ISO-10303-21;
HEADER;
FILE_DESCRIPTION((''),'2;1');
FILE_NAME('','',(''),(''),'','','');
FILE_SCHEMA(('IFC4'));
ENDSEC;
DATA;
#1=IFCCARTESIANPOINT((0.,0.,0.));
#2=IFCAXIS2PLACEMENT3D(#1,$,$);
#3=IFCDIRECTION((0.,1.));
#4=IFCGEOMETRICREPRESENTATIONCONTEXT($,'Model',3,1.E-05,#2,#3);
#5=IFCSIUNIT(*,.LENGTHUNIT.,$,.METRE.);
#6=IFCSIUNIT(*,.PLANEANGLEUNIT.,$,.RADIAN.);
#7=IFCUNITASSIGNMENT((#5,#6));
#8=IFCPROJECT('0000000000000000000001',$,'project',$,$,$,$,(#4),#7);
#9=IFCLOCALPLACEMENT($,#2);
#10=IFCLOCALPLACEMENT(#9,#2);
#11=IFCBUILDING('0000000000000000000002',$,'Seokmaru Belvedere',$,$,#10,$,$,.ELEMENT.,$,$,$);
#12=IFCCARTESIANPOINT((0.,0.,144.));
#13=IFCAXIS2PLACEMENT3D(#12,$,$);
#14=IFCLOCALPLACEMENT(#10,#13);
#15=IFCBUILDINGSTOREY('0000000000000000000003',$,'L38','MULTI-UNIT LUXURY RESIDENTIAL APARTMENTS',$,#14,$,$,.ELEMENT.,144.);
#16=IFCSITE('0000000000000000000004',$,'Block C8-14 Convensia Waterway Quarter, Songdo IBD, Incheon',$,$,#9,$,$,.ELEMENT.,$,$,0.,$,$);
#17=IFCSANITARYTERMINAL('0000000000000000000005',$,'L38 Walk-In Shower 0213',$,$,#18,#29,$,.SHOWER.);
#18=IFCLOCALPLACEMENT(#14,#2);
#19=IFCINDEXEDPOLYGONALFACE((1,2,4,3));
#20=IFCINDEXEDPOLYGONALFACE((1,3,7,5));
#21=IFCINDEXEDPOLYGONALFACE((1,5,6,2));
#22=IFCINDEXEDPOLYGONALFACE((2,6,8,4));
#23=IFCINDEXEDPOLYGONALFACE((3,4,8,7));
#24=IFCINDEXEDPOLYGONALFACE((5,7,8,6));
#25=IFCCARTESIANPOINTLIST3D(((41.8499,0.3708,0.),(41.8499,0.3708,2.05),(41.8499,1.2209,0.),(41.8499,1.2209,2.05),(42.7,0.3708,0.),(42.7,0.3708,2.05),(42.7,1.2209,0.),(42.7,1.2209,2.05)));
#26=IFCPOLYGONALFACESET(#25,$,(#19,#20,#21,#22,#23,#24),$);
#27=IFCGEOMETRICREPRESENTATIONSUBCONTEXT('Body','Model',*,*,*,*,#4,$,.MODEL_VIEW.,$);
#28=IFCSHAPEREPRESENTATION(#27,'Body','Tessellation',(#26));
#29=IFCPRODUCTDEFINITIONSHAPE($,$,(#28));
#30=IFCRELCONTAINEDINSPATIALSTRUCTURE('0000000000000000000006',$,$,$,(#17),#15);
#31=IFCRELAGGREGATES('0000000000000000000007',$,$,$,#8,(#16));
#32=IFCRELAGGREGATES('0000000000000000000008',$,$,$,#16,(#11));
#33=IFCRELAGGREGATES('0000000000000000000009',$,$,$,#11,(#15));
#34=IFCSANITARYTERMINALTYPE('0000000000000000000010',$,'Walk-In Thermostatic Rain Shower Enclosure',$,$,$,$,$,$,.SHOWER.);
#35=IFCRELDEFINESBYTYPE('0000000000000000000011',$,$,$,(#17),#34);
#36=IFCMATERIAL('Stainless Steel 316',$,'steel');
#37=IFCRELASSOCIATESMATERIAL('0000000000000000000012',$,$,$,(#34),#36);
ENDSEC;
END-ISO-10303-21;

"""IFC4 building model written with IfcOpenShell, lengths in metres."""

from ifc_helpers import new_model, si_unit, direction, frame, origin, origin_2d, place, context, subcontext, project, spatial, rectangle, extrude, source, transform, mapped, material, type_object, type_shapes, element, save


model = new_model("IFC4")

# Units and contexts
model_context = context("Model", 3, precision=1e-05, world=origin(), true_north=direction((0.0, 1.0)))
body_context = subcontext(model_context, "Body", "Model", "MODEL_VIEW")
ifc_project = project(units=[si_unit("LENGTHUNIT", "METRE"), si_unit("PLANEANGLEUNIT", "RADIAN")], contexts=[model_context])

# Site, building, storey
site_placement = place(None, origin())
site = spatial("IfcSite", under=ifc_project, at=site_placement, Name="Block C8-14 Convensia Waterway Quarter, Songdo IBD, Incheon", CompositionType="ELEMENT", RefElevation=0.0)
building_placement = place(site_placement, origin())
building = spatial("IfcBuilding", under=site, at=building_placement, Name="Seokmaru Belvedere", CompositionType="ELEMENT")
storey_placement = place(building_placement, frame((0.0, 0.0, 144.0)))
storey = spatial("IfcBuildingStorey", under=building, at=storey_placement, Name="L38", Description="MULTI-UNIT LUXURY RESIDENTIAL APARTMENTS", CompositionType="ELEMENT", Elevation=144.0)

# Sanitary terminal
ifc_material_1 = material(Name="Stainless Steel 316", Category="steel")
sanitary_terminal_type_1 = type_object("IfcSanitaryTerminalType", Name="Walk-In Thermostatic Rain Shower Enclosure", PredefinedType="SHOWER", material=ifc_material_1)
shared_shape_1 = source(origin(), body_context, "Body", "SweptSolid", [
    extrude(rectangle(XDim=0.8501, YDim=0.8501, at=origin_2d()), origin(), (0.0, 0.0, 1.0), 2.05),
])
type_shapes(sanitary_terminal_type_1, [shared_shape_1])
sanitary_terminal_1_placement = place(storey_placement, frame((42.2749, 0.7959, 0.0), z_axis=(0.0, 0.0, 1.0), x_axis=(1.0, 0.0, 0.0)))
element("IfcSanitaryTerminal", 1, at=sanitary_terminal_1_placement, inside=storey, type_object=sanitary_terminal_type_1, Name="L38 Walk-In Shower 0213", PredefinedType="SHOWER", context=body_context, shape_type="MappedRepresentation", body=[
    mapped(shared_shape_1, transform((0.0, 0.0, 0.0), scale=1.0)),
])

save(model, "model.ifc")
